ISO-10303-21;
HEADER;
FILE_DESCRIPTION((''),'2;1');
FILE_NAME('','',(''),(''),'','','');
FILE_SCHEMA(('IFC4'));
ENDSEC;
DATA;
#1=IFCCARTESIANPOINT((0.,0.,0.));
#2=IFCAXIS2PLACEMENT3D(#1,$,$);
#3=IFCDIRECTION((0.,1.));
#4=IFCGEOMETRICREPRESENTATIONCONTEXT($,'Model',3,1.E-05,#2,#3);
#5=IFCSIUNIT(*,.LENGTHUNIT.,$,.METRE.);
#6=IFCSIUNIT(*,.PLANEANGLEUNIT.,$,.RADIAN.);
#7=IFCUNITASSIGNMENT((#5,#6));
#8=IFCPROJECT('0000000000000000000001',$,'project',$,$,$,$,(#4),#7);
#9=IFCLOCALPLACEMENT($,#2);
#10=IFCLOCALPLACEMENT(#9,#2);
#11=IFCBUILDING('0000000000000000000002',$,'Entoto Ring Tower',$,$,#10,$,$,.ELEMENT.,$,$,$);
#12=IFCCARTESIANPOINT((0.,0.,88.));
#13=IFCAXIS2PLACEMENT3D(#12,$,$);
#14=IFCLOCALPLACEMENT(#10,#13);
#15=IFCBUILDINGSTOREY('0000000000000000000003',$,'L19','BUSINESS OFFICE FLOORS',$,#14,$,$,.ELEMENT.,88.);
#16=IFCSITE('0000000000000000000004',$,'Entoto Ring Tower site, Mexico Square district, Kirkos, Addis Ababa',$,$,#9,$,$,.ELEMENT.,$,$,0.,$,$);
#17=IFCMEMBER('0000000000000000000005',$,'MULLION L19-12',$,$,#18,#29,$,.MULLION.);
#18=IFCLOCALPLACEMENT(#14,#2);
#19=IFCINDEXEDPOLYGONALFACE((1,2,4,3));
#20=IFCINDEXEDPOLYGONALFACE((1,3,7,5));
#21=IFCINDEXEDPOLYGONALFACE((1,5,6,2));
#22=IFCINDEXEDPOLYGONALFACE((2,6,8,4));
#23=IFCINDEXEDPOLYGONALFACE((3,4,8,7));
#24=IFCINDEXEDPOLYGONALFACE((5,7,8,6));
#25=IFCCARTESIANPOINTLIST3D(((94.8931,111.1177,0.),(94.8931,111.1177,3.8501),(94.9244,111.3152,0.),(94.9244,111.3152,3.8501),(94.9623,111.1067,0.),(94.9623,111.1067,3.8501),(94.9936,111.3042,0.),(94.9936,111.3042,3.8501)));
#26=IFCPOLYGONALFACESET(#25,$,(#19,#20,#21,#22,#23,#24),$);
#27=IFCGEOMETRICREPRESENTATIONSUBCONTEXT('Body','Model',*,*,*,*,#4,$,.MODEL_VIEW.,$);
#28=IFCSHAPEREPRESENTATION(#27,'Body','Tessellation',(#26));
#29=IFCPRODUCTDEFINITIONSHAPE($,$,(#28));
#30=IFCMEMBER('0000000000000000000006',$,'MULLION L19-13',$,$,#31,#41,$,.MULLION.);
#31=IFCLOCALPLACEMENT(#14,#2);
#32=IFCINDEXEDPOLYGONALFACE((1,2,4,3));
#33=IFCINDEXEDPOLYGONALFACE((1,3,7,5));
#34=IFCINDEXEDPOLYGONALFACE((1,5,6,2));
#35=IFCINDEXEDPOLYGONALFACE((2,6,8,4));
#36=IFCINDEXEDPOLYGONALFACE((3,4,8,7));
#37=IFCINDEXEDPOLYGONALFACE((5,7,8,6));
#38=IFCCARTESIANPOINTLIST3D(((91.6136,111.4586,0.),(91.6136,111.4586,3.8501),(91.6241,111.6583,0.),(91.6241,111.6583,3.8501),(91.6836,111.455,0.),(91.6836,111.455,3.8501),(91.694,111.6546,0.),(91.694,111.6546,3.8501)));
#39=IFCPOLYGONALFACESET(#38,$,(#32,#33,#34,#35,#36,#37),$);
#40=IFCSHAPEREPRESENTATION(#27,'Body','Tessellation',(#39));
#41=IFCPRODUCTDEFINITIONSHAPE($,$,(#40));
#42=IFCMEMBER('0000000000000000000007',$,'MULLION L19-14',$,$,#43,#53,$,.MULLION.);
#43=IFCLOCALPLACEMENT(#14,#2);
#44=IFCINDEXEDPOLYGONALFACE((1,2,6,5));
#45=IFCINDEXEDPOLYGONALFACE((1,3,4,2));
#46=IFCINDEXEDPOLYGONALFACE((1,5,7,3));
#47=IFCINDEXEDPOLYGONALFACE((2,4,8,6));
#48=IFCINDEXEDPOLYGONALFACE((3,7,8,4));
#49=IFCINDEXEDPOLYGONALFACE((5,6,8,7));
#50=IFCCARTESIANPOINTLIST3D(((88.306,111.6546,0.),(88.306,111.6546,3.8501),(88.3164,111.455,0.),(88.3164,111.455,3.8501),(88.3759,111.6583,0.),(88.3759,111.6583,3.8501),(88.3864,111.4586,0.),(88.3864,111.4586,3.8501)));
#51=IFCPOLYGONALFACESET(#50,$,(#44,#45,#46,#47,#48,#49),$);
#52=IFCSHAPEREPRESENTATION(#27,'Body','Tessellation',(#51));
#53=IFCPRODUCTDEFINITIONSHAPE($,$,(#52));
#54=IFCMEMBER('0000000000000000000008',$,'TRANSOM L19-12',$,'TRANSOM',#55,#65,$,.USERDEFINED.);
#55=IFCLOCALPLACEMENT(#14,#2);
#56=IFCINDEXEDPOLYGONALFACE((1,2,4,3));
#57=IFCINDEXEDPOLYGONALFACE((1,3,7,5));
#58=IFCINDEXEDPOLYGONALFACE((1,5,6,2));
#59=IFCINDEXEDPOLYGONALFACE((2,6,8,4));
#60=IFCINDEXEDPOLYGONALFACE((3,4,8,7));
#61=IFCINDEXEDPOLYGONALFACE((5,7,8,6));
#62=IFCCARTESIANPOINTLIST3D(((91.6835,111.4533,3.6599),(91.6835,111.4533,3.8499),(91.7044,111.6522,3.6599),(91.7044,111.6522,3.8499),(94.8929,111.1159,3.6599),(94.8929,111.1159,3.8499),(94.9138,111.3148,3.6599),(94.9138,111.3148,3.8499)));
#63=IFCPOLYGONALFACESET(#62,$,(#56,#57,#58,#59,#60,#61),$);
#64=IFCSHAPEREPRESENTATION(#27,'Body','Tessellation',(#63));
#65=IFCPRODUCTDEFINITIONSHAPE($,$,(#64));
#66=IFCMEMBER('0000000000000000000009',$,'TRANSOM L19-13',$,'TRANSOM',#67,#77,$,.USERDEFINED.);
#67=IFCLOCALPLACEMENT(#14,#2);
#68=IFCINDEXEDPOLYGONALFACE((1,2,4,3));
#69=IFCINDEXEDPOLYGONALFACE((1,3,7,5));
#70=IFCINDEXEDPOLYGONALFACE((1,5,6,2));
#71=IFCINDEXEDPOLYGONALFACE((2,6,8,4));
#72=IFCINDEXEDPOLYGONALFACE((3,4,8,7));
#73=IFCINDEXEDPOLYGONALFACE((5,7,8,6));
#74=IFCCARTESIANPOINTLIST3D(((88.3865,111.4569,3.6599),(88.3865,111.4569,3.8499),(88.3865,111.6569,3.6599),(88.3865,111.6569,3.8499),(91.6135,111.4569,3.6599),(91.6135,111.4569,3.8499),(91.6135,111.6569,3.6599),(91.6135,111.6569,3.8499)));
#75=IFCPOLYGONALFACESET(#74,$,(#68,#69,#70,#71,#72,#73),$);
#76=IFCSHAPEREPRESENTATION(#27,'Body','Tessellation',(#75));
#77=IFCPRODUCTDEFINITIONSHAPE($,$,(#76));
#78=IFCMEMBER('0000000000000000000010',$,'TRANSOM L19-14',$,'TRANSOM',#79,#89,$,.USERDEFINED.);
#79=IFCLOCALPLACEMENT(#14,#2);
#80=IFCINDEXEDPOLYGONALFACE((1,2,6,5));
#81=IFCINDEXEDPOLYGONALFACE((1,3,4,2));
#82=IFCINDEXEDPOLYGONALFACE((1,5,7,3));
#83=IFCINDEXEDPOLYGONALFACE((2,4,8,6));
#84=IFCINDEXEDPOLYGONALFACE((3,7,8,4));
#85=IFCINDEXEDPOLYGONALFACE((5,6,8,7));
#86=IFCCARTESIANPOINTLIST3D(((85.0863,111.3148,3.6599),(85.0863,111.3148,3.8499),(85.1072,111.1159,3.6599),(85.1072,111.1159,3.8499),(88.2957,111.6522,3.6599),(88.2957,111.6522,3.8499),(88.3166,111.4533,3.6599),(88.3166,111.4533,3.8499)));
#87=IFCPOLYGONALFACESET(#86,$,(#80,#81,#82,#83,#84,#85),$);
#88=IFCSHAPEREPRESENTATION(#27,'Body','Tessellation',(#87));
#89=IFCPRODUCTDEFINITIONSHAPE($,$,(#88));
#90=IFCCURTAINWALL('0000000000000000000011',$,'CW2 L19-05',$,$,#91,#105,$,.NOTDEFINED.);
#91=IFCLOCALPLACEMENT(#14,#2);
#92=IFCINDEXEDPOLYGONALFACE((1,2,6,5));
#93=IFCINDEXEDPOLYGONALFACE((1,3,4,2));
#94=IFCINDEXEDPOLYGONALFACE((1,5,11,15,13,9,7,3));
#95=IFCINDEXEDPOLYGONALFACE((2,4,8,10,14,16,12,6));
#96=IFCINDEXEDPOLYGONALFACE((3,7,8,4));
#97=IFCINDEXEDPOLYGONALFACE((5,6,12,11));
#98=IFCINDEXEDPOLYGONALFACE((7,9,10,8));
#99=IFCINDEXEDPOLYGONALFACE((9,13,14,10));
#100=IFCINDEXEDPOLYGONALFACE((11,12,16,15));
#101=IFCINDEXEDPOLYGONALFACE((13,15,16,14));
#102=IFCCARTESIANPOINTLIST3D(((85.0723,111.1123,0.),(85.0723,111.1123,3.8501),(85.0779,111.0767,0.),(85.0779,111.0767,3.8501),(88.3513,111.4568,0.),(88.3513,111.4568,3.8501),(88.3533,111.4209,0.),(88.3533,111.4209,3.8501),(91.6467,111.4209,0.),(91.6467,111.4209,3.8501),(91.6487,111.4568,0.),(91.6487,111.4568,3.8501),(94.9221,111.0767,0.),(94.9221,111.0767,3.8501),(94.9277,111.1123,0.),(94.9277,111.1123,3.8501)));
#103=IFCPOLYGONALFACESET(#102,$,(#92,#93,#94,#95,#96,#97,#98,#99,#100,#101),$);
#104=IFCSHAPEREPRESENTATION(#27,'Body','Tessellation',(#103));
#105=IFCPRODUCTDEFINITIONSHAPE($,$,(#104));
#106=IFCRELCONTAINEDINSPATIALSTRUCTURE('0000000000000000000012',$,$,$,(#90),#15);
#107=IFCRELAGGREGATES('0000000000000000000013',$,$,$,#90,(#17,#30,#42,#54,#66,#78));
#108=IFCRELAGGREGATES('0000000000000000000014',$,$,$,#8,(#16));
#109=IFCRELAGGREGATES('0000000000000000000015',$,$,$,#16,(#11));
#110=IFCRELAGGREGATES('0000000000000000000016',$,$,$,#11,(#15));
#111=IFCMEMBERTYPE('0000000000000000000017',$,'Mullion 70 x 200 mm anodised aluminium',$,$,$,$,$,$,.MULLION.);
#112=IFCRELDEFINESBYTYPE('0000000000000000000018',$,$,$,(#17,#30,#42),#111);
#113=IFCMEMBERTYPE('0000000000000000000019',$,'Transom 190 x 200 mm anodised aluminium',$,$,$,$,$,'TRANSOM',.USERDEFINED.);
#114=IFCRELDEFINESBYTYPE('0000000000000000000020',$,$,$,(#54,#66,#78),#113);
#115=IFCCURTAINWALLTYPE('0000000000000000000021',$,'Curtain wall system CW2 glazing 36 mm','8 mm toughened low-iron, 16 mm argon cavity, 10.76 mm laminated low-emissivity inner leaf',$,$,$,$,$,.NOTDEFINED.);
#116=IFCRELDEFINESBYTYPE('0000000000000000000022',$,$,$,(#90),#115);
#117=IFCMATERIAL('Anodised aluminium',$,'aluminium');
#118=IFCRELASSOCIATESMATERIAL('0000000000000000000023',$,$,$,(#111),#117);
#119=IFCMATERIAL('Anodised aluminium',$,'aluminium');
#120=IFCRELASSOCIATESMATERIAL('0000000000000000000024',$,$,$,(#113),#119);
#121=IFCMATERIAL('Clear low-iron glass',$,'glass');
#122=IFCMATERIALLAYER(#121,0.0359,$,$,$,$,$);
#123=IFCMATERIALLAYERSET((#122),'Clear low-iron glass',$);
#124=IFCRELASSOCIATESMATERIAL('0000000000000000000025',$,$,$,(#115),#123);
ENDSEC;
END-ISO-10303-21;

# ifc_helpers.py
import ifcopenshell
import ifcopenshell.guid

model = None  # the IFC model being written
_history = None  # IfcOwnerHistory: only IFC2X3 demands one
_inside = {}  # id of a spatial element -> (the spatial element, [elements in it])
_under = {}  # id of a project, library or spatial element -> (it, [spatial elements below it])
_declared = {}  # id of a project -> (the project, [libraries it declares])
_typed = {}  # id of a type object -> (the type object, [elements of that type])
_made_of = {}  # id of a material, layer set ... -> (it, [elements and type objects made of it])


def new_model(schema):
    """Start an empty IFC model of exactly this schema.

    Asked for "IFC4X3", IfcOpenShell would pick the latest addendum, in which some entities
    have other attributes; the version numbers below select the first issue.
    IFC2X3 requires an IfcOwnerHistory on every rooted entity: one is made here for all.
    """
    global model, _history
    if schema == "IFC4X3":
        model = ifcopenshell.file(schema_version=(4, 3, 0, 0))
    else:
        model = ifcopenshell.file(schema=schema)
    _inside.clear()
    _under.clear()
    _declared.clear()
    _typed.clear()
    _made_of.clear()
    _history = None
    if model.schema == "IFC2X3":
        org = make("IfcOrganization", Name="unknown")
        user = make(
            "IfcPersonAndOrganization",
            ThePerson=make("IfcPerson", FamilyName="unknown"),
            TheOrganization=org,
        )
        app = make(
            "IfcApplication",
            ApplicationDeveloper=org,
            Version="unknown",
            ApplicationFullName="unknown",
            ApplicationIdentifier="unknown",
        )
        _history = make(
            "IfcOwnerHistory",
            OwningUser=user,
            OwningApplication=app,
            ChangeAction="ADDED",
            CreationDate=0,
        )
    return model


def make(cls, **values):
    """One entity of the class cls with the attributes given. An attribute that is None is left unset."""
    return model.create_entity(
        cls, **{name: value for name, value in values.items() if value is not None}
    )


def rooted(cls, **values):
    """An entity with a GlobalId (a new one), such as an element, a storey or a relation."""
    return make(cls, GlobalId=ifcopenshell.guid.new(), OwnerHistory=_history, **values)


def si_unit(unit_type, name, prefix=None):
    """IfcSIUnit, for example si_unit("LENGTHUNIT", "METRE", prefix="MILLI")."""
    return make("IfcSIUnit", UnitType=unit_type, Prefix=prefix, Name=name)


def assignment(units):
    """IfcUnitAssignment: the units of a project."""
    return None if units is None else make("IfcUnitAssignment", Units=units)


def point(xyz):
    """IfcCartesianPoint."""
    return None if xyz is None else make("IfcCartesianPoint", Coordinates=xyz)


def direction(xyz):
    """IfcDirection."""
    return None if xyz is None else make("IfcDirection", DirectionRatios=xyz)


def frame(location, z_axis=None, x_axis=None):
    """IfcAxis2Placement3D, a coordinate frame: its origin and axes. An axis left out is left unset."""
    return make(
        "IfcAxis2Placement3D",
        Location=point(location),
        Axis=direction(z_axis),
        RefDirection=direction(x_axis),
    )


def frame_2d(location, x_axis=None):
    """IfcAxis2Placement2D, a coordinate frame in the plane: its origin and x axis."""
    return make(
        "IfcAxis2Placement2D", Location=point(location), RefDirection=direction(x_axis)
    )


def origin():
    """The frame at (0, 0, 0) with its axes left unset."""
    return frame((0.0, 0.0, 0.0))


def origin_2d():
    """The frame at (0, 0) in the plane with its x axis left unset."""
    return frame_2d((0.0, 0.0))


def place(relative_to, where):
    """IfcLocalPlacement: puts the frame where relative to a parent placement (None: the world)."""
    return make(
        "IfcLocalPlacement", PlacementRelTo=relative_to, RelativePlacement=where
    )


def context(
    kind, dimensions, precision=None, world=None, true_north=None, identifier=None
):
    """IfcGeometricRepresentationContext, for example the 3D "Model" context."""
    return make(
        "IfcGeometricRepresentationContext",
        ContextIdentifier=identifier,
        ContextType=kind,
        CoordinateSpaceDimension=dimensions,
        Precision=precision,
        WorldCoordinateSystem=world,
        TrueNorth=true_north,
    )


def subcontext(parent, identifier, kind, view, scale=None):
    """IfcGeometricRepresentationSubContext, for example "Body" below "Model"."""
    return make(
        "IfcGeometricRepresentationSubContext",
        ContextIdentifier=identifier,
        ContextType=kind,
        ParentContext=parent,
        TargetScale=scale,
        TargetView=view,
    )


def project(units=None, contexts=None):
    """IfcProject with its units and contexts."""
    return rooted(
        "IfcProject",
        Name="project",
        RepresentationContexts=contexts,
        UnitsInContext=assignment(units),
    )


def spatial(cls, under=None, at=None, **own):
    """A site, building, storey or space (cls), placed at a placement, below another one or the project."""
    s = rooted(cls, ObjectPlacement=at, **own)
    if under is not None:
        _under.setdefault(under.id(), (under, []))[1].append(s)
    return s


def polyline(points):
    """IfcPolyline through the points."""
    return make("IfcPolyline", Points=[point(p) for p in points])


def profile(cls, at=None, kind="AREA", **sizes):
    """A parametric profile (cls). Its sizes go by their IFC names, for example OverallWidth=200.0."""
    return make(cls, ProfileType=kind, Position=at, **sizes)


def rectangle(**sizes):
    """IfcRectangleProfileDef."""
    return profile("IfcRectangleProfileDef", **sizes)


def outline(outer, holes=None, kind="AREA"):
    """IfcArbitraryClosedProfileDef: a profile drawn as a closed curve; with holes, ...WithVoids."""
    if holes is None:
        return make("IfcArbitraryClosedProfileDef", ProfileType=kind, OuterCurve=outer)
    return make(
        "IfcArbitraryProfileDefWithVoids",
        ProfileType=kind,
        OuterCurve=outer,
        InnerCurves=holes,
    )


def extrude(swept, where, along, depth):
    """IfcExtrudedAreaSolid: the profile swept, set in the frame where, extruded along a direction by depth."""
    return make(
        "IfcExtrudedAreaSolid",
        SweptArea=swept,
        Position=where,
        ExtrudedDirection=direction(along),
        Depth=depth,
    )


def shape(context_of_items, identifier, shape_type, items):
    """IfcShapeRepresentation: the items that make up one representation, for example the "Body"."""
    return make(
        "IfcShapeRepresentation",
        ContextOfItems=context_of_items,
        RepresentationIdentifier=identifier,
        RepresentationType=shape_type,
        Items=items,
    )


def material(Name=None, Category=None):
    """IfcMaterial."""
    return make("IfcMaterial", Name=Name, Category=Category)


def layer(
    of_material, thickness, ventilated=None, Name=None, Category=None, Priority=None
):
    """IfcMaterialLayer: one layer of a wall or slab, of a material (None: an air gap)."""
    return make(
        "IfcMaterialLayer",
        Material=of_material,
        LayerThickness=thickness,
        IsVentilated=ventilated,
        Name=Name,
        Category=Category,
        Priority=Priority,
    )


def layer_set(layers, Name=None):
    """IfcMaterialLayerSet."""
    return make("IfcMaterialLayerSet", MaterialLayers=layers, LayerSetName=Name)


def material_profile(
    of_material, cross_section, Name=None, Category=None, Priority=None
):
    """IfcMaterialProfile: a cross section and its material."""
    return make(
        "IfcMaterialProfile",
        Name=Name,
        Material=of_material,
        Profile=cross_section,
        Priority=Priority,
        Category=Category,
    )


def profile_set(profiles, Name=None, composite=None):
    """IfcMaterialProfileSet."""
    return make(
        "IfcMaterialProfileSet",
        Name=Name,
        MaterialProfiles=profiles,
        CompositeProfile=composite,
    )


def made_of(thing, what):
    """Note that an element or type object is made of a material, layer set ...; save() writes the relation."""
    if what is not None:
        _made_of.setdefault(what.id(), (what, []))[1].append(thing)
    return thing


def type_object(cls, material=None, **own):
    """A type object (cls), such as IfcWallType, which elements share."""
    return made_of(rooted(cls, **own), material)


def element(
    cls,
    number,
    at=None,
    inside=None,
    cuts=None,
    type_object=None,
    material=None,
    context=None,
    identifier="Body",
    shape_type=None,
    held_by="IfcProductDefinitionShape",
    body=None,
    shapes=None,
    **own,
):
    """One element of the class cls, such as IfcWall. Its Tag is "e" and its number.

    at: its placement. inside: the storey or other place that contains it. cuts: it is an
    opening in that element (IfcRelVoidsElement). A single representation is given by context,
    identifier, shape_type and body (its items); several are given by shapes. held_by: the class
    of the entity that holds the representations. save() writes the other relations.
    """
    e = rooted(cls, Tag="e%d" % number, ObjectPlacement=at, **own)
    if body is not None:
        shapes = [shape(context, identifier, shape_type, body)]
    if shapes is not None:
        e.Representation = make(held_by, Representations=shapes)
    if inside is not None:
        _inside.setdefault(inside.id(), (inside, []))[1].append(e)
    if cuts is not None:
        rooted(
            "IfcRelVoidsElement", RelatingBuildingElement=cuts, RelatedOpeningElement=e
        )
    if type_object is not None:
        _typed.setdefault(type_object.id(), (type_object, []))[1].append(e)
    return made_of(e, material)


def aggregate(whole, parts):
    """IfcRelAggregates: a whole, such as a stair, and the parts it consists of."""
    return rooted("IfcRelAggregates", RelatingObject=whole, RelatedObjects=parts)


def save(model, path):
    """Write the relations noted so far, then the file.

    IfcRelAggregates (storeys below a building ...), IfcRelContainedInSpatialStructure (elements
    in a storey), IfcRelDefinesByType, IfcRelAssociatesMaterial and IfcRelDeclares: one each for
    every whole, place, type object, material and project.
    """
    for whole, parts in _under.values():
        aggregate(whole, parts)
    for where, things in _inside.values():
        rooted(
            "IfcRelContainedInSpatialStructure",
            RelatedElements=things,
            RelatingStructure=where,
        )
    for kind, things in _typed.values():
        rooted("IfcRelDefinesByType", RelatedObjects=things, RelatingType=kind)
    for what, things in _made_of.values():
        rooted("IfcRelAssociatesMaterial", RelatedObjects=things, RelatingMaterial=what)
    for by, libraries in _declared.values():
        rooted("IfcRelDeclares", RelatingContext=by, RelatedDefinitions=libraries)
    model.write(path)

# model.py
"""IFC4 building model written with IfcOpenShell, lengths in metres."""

from ifc_helpers import new_model, si_unit, direction, frame, origin, origin_2d, place, context, subcontext, project, spatial, polyline, rectangle, outline, extrude, material, layer, layer_set, material_profile, profile_set, type_object, element, aggregate, save


model = new_model("IFC4")

# Units and contexts
model_context = context("Model", 3, precision=1e-05, world=origin(), true_north=direction((0.0, 1.0)))
body_context = subcontext(model_context, "Body", "Model", "MODEL_VIEW")
ifc_project = project(units=[si_unit("LENGTHUNIT", "METRE"), si_unit("PLANEANGLEUNIT", "RADIAN")], contexts=[model_context])

# Members
ifc_material_1 = material(Name="Anodised aluminium", Category="aluminium")
ifc_material_profile_1 = material_profile(ifc_material_1, rectangle(XDim=0.0701, YDim=0.2, at=origin_2d()), Name="Mullion 70 x 200 mm anodised aluminium")
ifc_profile_set_1 = profile_set([ifc_material_profile_1], Name="Anodised aluminium")
member_type_1 = type_object("IfcMemberType", Name="Mullion 70 x 200 mm anodised aluminium", PredefinedType="MULLION", material=ifc_profile_set_1)
site_placement = place(None, origin())
building_placement = place(site_placement, origin())
storey_placement = place(building_placement, frame((0.0, 0.0, 88.0)))
member_1_placement = place(storey_placement, frame((94.9434, 111.2109, 0.0), z_axis=(0.0, 0.0, 1.0), x_axis=(-0.987688, 0.156434, 0.0)))
member_1 = element("IfcMember", 1, at=member_1_placement, type_object=member_type_1, Name="MULLION L19-12", PredefinedType="MULLION", context=body_context, shape_type="SweptSolid", body=[
    extrude(rectangle(XDim=0.0701, YDim=0.2, at=origin_2d()), origin(), (0.0, 0.0, 1.0), 3.8501),
])
member_2_placement = place(storey_placement, frame((91.6538, 111.5566, 0.0), z_axis=(0.0, 0.0, 1.0), x_axis=(-0.99863, 0.052336, 0.0)))
member_2 = element("IfcMember", 2, at=member_2_placement, type_object=member_type_1, Name="MULLION L19-13", PredefinedType="MULLION", context=body_context, shape_type="SweptSolid", body=[
    extrude(rectangle(XDim=0.0701, YDim=0.2, at=origin_2d()), origin(), (0.0, 0.0, 1.0), 3.8501),
])
member_3_placement = place(storey_placement, frame((88.3462, 111.5566, 0.0), z_axis=(0.0, 0.0, 1.0), x_axis=(-0.99863, -0.052336, 0.0)))
member_3 = element("IfcMember", 3, at=member_3_placement, type_object=member_type_1, Name="MULLION L19-14", PredefinedType="MULLION", context=body_context, shape_type="SweptSolid", body=[
    extrude(rectangle(XDim=0.0701, YDim=0.2, at=origin_2d()), origin(), (0.0, 0.0, 1.0), 3.8501),
])
ifc_material_2 = material(Name="Anodised aluminium", Category="aluminium")
ifc_material_profile_2 = material_profile(ifc_material_2, rectangle(XDim=0.2, YDim=0.1899, at=origin_2d()), Name="Transom 190 x 200 mm anodised aluminium")
ifc_profile_set_2 = profile_set([ifc_material_profile_2], Name="Anodised aluminium")
member_type_2 = type_object("IfcMemberType", Name="Transom 190 x 200 mm anodised aluminium", ElementType="TRANSOM", PredefinedType="USERDEFINED", material=ifc_profile_set_2)
member_4_placement = place(storey_placement, frame((94.9033, 111.2153, 3.7549), z_axis=(-0.99452, 0.104551, 0.0), x_axis=(-0.104551, -0.99452, 0.0)))
member_4 = element("IfcMember", 4, at=member_4_placement, type_object=member_type_2, Name="TRANSOM L19-12", ObjectType="TRANSOM", PredefinedType="USERDEFINED", context=body_context, shape_type="SweptSolid", body=[
    extrude(rectangle(XDim=0.2, YDim=0.1899, at=origin_2d()), origin(), (0.0, 0.0, 1.0), 3.2271),
])
member_5_placement = place(storey_placement, frame((91.6135, 111.5569, 3.7549), z_axis=(-1.0, 0.0, 0.0), x_axis=(0.0, -1.0, 0.0)))
member_5 = element("IfcMember", 5, at=member_5_placement, type_object=member_type_2, Name="TRANSOM L19-13", ObjectType="TRANSOM", PredefinedType="USERDEFINED", context=body_context, shape_type="SweptSolid", body=[
    extrude(rectangle(XDim=0.2, YDim=0.1899, at=origin_2d()), origin(), (0.0, 0.0, 1.0), 3.2271),
])
member_6_placement = place(storey_placement, frame((88.3062, 111.5527, 3.7549), z_axis=(-0.99452, -0.104551, 0.0), x_axis=(0.104551, -0.99452, 0.0)))
member_6 = element("IfcMember", 6, at=member_6_placement, type_object=member_type_2, Name="TRANSOM L19-14", ObjectType="TRANSOM", PredefinedType="USERDEFINED", context=body_context, shape_type="SweptSolid", body=[
    extrude(rectangle(XDim=0.2, YDim=0.1899, at=origin_2d()), origin(), (0.0, 0.0, 1.0), 3.2271),
])

# Site, building, storey
site = spatial("IfcSite", under=ifc_project, at=site_placement, Name="Entoto Ring Tower site, Mexico Square district, Kirkos, Addis Ababa", CompositionType="ELEMENT", RefElevation=0.0)
building = spatial("IfcBuilding", under=site, at=building_placement, Name="Entoto Ring Tower", CompositionType="ELEMENT")
storey = spatial("IfcBuildingStorey", under=building, at=storey_placement, Name="L19", Description="BUSINESS OFFICE FLOORS", CompositionType="ELEMENT", Elevation=88.0)

# Curtain wall
ifc_material_3 = material(Name="Clear low-iron glass", Category="glass")
ifc_layer = layer(ifc_material_3, 0.0359)
ifc_layer_set = layer_set([ifc_layer], Name="Clear low-iron glass")
curtain_wall_type = type_object("IfcCurtainWallType", Name="Curtain wall system CW2 glazing 36 mm", Description="8 mm toughened low-iron, 16 mm argon cavity, 10.76 mm laminated low-emissivity inner leaf", PredefinedType="NOTDEFINED", material=ifc_layer_set)
curtain_wall_1_placement = place(storey_placement, origin())
curtain_wall_1 = element("IfcCurtainWall", 7, at=curtain_wall_1_placement, inside=storey, type_object=curtain_wall_type, Name="CW2 L19-05", PredefinedType="NOTDEFINED", context=body_context, shape_type="SweptSolid", body=[
    extrude(outline(polyline([(94.9277, 111.1123), (91.6487, 111.4568), (88.3513, 111.4568), (85.0723, 111.1123), (85.0779, 111.0767), (88.3533, 111.4209), (91.6467, 111.4209), (94.9221, 111.0767), (94.9277, 111.1123)])), origin(), (0.0, 0.0, 1.0), 3.8501),
])
aggregate(curtain_wall_1, [member_1, member_2, member_3, member_4, member_5, member_6])

save(model, "model.ifc")
